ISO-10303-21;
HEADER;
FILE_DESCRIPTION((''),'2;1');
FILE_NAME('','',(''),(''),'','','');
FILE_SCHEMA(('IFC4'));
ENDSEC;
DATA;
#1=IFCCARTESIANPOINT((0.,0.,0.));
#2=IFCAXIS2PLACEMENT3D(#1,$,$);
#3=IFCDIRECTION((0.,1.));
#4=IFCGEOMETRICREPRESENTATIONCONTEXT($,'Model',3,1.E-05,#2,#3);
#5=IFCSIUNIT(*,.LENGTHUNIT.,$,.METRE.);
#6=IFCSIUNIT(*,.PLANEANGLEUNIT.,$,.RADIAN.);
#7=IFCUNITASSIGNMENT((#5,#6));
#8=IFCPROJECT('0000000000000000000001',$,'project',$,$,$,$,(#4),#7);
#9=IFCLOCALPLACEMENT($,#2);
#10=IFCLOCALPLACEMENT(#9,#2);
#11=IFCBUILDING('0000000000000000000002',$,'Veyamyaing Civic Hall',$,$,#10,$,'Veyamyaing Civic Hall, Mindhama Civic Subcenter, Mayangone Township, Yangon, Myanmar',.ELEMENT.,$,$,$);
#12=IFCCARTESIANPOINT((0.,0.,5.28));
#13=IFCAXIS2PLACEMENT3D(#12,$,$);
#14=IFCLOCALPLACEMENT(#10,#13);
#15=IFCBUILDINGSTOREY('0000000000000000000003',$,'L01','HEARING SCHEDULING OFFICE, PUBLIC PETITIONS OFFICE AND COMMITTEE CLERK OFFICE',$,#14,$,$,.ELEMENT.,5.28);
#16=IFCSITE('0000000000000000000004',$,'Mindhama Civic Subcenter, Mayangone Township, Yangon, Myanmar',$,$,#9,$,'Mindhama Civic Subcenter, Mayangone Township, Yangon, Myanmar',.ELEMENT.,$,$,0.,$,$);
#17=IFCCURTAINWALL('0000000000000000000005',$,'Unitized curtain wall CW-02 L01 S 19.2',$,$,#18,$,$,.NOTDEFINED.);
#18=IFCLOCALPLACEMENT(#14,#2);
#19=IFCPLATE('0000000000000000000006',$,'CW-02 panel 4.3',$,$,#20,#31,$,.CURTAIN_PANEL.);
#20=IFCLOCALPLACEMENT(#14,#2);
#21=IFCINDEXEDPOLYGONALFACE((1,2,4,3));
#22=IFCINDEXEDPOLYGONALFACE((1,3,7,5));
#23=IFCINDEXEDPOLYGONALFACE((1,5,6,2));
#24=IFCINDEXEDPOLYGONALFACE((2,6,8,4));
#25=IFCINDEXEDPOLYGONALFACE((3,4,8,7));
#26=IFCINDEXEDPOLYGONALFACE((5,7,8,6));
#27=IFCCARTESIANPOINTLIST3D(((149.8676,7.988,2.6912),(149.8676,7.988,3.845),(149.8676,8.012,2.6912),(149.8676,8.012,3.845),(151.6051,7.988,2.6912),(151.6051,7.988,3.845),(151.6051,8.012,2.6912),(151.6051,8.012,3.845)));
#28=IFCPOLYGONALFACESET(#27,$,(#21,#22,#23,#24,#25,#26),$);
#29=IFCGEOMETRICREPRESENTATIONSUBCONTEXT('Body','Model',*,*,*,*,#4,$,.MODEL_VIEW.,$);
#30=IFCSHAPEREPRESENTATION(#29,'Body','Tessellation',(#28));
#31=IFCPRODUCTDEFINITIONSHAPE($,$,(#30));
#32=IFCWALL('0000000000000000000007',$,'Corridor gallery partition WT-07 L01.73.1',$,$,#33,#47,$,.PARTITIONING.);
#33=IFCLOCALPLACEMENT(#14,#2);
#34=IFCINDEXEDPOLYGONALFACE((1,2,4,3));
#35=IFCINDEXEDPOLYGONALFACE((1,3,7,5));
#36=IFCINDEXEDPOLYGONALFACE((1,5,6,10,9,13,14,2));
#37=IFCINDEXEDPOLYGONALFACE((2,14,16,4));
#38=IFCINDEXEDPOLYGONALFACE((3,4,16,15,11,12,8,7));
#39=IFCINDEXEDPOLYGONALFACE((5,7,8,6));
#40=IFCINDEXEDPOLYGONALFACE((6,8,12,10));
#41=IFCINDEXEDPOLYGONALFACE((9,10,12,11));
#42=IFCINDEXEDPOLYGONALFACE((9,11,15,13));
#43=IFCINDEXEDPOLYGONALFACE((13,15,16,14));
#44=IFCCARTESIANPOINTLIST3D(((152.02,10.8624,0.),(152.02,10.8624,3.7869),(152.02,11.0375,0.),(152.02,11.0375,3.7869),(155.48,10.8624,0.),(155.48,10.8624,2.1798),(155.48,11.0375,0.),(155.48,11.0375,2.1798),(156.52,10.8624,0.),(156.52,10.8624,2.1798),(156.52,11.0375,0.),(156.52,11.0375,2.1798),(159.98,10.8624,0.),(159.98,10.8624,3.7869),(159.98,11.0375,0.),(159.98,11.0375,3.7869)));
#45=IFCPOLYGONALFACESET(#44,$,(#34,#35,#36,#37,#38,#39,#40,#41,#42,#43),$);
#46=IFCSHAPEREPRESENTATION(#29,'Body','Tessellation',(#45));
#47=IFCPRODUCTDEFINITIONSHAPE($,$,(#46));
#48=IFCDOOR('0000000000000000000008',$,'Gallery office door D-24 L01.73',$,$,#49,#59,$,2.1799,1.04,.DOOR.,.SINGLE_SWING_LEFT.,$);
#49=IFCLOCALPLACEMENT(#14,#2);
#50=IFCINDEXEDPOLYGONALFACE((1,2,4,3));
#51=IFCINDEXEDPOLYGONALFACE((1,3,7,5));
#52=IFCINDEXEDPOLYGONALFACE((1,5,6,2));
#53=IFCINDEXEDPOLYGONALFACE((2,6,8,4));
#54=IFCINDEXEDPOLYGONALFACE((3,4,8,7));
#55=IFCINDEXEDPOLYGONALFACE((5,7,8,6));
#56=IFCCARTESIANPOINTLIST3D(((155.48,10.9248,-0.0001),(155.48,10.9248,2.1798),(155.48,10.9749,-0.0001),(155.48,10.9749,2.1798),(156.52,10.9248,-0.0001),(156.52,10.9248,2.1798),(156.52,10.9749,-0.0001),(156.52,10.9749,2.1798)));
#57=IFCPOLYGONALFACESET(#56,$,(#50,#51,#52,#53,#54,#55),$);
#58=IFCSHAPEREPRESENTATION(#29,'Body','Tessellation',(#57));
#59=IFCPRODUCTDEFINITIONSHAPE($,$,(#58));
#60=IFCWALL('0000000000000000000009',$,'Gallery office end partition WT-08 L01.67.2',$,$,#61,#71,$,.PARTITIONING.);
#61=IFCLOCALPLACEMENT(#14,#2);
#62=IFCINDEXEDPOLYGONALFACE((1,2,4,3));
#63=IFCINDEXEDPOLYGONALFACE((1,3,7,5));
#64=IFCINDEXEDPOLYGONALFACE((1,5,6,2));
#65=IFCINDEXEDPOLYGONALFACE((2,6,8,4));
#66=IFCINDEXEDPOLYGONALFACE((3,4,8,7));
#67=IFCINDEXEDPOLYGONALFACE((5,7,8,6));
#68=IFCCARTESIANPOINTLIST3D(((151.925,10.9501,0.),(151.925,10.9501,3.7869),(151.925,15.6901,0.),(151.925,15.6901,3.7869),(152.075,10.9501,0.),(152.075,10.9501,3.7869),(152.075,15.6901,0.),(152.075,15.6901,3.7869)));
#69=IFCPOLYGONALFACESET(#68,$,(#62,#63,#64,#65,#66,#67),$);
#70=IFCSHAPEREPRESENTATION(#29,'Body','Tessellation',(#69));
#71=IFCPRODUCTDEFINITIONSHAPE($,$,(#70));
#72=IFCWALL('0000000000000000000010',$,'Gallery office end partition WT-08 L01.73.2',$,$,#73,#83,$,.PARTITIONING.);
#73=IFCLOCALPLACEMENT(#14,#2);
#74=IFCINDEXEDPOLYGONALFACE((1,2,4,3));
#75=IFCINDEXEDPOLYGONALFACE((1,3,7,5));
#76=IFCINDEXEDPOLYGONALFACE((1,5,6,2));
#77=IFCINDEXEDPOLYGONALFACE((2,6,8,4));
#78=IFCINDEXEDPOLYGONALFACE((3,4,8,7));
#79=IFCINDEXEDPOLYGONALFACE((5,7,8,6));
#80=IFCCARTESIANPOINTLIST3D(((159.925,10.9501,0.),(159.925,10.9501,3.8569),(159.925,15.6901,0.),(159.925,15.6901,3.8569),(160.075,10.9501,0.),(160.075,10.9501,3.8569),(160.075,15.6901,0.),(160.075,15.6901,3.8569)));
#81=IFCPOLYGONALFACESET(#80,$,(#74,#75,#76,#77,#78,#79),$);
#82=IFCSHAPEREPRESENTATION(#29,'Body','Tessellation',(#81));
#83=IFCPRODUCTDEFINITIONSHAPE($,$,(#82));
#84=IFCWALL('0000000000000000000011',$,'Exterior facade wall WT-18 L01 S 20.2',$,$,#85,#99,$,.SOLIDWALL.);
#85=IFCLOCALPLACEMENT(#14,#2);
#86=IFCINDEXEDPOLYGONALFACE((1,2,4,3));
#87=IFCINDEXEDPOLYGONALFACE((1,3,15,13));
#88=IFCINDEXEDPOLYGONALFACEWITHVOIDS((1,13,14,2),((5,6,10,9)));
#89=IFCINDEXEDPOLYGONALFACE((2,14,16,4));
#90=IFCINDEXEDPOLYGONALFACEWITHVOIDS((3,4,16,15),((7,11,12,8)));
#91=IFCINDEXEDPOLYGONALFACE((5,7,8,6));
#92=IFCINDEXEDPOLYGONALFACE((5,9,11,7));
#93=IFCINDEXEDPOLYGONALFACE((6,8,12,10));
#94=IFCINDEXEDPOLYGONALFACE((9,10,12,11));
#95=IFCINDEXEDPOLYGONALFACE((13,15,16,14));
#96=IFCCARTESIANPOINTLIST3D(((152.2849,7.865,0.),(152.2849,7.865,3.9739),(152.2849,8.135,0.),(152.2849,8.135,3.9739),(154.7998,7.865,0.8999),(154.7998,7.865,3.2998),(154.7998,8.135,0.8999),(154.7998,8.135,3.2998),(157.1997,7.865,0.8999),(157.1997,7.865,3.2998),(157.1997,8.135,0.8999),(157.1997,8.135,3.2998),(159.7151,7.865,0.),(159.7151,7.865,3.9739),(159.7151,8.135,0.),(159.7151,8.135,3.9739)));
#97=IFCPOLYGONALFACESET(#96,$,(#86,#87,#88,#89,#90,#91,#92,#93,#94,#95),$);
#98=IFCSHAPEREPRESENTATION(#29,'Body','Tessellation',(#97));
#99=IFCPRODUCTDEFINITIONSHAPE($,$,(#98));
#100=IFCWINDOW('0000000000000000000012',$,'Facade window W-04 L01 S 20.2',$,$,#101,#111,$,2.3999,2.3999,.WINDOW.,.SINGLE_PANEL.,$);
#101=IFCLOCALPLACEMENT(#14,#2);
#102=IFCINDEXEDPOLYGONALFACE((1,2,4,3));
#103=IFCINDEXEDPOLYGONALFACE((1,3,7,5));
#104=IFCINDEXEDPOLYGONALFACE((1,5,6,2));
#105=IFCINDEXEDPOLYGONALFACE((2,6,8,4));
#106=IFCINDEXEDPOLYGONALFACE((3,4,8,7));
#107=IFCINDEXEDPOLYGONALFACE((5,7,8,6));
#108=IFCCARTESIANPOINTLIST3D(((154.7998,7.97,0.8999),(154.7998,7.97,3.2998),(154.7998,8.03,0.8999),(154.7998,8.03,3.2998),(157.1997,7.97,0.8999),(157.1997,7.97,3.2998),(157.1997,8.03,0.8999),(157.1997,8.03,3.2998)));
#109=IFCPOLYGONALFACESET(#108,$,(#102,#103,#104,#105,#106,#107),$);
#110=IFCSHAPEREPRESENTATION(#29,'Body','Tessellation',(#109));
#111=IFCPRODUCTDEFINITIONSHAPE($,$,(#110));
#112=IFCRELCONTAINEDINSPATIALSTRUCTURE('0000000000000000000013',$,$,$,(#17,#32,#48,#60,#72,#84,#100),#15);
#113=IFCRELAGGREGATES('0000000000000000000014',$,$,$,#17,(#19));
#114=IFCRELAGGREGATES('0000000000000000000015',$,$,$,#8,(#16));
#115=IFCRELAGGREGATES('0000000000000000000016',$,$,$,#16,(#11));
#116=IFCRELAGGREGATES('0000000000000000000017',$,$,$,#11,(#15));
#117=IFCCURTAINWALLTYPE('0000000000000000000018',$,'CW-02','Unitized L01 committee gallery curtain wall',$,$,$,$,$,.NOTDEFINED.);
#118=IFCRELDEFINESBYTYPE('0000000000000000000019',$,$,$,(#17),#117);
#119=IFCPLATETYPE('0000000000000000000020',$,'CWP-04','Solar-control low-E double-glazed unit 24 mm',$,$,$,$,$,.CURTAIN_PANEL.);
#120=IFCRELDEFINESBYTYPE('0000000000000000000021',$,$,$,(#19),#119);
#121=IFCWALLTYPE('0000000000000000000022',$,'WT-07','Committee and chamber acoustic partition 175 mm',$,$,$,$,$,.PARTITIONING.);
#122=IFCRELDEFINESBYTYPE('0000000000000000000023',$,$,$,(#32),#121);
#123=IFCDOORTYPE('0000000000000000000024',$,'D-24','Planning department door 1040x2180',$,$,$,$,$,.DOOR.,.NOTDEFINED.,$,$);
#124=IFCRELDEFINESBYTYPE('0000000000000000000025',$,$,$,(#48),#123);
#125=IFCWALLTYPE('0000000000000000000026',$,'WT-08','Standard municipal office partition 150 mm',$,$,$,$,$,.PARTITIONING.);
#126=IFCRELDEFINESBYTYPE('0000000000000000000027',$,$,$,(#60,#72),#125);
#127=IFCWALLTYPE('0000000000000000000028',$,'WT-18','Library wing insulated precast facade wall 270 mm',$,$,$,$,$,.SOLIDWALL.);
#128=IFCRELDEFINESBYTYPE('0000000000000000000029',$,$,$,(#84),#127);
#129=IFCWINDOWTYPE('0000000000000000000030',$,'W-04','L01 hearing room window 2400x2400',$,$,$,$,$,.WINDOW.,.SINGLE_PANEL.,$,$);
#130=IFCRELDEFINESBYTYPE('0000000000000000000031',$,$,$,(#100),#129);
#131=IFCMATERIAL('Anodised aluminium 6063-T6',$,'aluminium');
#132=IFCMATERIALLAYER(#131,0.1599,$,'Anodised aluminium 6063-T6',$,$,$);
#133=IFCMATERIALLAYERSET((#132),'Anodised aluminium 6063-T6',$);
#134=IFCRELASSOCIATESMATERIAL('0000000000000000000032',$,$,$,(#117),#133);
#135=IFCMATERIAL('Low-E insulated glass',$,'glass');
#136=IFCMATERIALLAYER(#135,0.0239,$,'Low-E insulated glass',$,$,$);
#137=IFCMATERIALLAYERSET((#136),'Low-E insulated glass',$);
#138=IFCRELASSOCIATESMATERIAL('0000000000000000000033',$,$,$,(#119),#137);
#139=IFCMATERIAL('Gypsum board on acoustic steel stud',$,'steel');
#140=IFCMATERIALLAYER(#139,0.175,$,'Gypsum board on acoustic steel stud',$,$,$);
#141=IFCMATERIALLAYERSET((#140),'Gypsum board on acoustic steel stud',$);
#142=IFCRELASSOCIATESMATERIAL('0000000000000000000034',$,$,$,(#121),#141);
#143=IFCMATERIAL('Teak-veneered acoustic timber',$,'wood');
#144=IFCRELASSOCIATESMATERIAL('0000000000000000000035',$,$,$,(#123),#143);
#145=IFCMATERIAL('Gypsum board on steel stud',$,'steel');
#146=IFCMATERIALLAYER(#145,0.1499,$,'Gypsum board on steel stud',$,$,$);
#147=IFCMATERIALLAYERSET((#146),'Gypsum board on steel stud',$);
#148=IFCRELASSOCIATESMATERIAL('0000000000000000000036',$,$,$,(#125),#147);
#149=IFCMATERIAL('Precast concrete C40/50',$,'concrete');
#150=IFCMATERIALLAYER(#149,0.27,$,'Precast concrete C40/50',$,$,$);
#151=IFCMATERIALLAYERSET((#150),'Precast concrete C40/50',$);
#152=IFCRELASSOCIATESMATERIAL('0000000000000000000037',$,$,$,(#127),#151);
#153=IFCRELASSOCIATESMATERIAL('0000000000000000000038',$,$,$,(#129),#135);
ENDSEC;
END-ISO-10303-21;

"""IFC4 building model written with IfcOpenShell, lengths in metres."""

from ifc_helpers import new_model, si_unit, direction, frame, frame_2d, origin, origin_2d, place, context, subcontext, project, spatial, rectangle, extrude, material, layer, layer_set, type_object, element, fill, aggregate, save


model = new_model("IFC4")

# Units and contexts
model_context = context("Model", 3, precision=1e-05, world=origin(), true_north=direction((0.0, 1.0)))
body_context = subcontext(model_context, "Body", "Model", "MODEL_VIEW")
ifc_project = project(units=[si_unit("LENGTHUNIT", "METRE"), si_unit("PLANEANGLEUNIT", "RADIAN")], contexts=[model_context])

# Site, building, storey
site_placement = place(None, origin())
site = spatial("IfcSite", under=ifc_project, at=site_placement, Name="Mindhama Civic Subcenter, Mayangone Township, Yangon, Myanmar", LongName="Mindhama Civic Subcenter, Mayangone Township, Yangon, Myanmar", CompositionType="ELEMENT", RefElevation=0.0)
building_placement = place(site_placement, origin())
building = spatial("IfcBuilding", under=site, at=building_placement, Name="Veyamyaing Civic Hall", LongName="Veyamyaing Civic Hall, Mindhama Civic Subcenter, Mayangone Township, Yangon, Myanmar", CompositionType="ELEMENT")
storey_placement = place(building_placement, frame((0.0, 0.0, 5.28)))
storey = spatial("IfcBuildingStorey", under=building, at=storey_placement, Name="L01", Description="HEARING SCHEDULING OFFICE, PUBLIC PETITIONS OFFICE AND COMMITTEE CLERK OFFICE", CompositionType="ELEMENT", Elevation=5.28)

# Curtain wall
ifc_material_1 = material(Name="Anodised aluminium 6063-T6", Category="aluminium")
ifc_layer_1 = layer(ifc_material_1, 0.1599, Name="Anodised aluminium 6063-T6")
ifc_layer_set_1 = layer_set([ifc_layer_1], Name="Anodised aluminium 6063-T6")
curtain_wall_type = type_object("IfcCurtainWallType", Name="CW-02", Description="Unitized L01 committee gallery curtain wall", PredefinedType="NOTDEFINED", material=ifc_layer_set_1)
curtain_wall_placement = place(storey_placement, origin())
curtain_wall = element("IfcCurtainWall", 1, at=curtain_wall_placement, inside=storey, type_object=curtain_wall_type, Name="Unitized curtain wall CW-02 L01 S 19.2", PredefinedType="NOTDEFINED")

# Plate
ifc_material_2 = material(Name="Low-E insulated glass", Category="glass")
ifc_layer_2 = layer(ifc_material_2, 0.0239, Name="Low-E insulated glass")
ifc_layer_set_2 = layer_set([ifc_layer_2], Name="Low-E insulated glass")
plate_type = type_object("IfcPlateType", Name="CWP-04", Description="Solar-control low-E double-glazed unit 24 mm", PredefinedType="CURTAIN_PANEL", material=ifc_layer_set_2)
plate_1_placement = place(storey_placement, frame((150.7363, 8.0, 2.6912), z_axis=(0.0, 0.0, 1.0), x_axis=(1.0, 0.0, 0.0)))
plate_1 = element("IfcPlate", 2, at=plate_1_placement, type_object=plate_type, Name="CW-02 panel 4.3", PredefinedType="CURTAIN_PANEL", context=body_context, shape_type="SweptSolid", body=[
    extrude(rectangle(XDim=1.7375, YDim=0.0239, at=origin_2d()), origin(), (0.0, 0.0, 1.0), 1.1538),
])
aggregate(curtain_wall, [plate_1])

# Wall, opening, door
ifc_material_3 = material(Name="Gypsum board on acoustic steel stud", Category="steel")
ifc_layer_3 = layer(ifc_material_3, 0.175, Name="Gypsum board on acoustic steel stud")
ifc_layer_set_3 = layer_set([ifc_layer_3], Name="Gypsum board on acoustic steel stud")
wall_type_1 = type_object("IfcWallType", Name="WT-07", Description="Committee and chamber acoustic partition 175 mm", PredefinedType="PARTITIONING", material=ifc_layer_set_3)
wall_1_placement = place(storey_placement, frame((152.02, 10.95, 0.0), z_axis=(0.0, 0.0, 1.0), x_axis=(1.0, 0.0, 0.0)))
wall_1 = element("IfcWall", 3, at=wall_1_placement, inside=storey, type_object=wall_type_1, Name="Corridor gallery partition WT-07 L01.73.1", PredefinedType="PARTITIONING", context=body_context, shape_type="SweptSolid", body=[
    extrude(rectangle(XDim=7.96, YDim=0.175, at=frame_2d((3.98, 0.0))), origin(), (0.0, 0.0, 1.0), 3.7869),
])
opening_1_placement = place(wall_1_placement, frame((3.46, 0.0, 0.0)))
opening_1 = element("IfcOpeningElement", 4, at=opening_1_placement, cuts=wall_1, PredefinedType="OPENING", context=body_context, shape_type="SweptSolid", body=[
    extrude(rectangle(XDim=1.04, YDim=2.1799, at=frame_2d((0.52, 1.0898))), frame((0.0, 0.0974, 0.0), z_axis=(0.0, -1.0, 0.0), x_axis=(1.0, 0.0, 0.0)), (0.0, 0.0, 1.0), 0.1951),
])
ifc_material_4 = material(Name="Teak-veneered acoustic timber", Category="wood")
door_type = type_object("IfcDoorType", Name="D-24", Description="Planning department door 1040x2180", OperationType="NOTDEFINED", PredefinedType="DOOR", material=ifc_material_4)
door_placement = place(opening_1_placement, origin())
door = element("IfcDoor", 5, at=door_placement, inside=storey, type_object=door_type, Name="Gallery office door D-24 L01.73", OperationType="SINGLE_SWING_LEFT", OverallHeight=2.1799, OverallWidth=1.04, PredefinedType="DOOR", context=body_context, shape_type="SweptSolid", body=[
    extrude(rectangle(XDim=1.04, YDim=2.1799, at=frame_2d((0.52, 1.0898))), frame((0.0, 0.0249, 0.0), z_axis=(0.0, -1.0, 0.0), x_axis=(1.0, 0.0, 0.0)), (0.0, 0.0, 1.0), 0.05),
])
fill(opening_1, door)

# Walls
ifc_material_5 = material(Name="Gypsum board on steel stud", Category="steel")
ifc_layer_4 = layer(ifc_material_5, 0.1499, Name="Gypsum board on steel stud")
ifc_layer_set_4 = layer_set([ifc_layer_4], Name="Gypsum board on steel stud")
wall_type_2 = type_object("IfcWallType", Name="WT-08", Description="Standard municipal office partition 150 mm", PredefinedType="PARTITIONING", material=ifc_layer_set_4)
wall_2_placement = place(storey_placement, frame((152.0, 10.95, 0.0), z_axis=(0.0, 0.0, 1.0), x_axis=(0.0, 1.0, 0.0)))
element("IfcWall", 6, at=wall_2_placement, inside=storey, type_object=wall_type_2, Name="Gallery office end partition WT-08 L01.67.2", PredefinedType="PARTITIONING", context=body_context, shape_type="SweptSolid", body=[
    extrude(rectangle(XDim=4.74, YDim=0.1499, at=frame_2d((2.3701, 0.0))), origin(), (0.0, 0.0, 1.0), 3.7869),
])
wall_3_placement = place(storey_placement, frame((160.0, 10.95, 0.0), z_axis=(0.0, 0.0, 1.0), x_axis=(0.0, 1.0, 0.0)))
element("IfcWall", 7, at=wall_3_placement, inside=storey, type_object=wall_type_2, Name="Gallery office end partition WT-08 L01.73.2", PredefinedType="PARTITIONING", context=body_context, shape_type="SweptSolid", body=[
    extrude(rectangle(XDim=4.74, YDim=0.1499, at=frame_2d((2.3701, 0.0))), origin(), (0.0, 0.0, 1.0), 3.8569),
])

# Wall, opening, window
ifc_material_6 = material(Name="Precast concrete C40/50", Category="concrete")
ifc_layer_5 = layer(ifc_material_6, 0.27, Name="Precast concrete C40/50")
ifc_layer_set_5 = layer_set([ifc_layer_5], Name="Precast concrete C40/50")
wall_type_3 = type_object("IfcWallType", Name="WT-18", Description="Library wing insulated precast facade wall 270 mm", PredefinedType="SOLIDWALL", material=ifc_layer_set_5)
wall_4_placement = place(storey_placement, frame((152.2849, 8.0, 0.0), z_axis=(0.0, 0.0, 1.0), x_axis=(1.0, 0.0, 0.0)))
wall_4 = element("IfcWall", 8, at=wall_4_placement, inside=storey, type_object=wall_type_3, Name="Exterior facade wall WT-18 L01 S 20.2", PredefinedType="SOLIDWALL", context=body_context, shape_type="SweptSolid", body=[
    extrude(rectangle(XDim=7.4302, YDim=0.27, at=frame_2d((3.7151, 0.0))), origin(), (0.0, 0.0, 1.0), 3.9739),
])
opening_2_placement = place(wall_4_placement, frame((2.5149, 0.0, 0.8999)))
opening_2 = element("IfcOpeningElement", 9, at=opening_2_placement, cuts=wall_4, PredefinedType="OPENING", context=body_context, shape_type="SweptSolid", body=[
    extrude(rectangle(XDim=2.3999, YDim=2.3999, at=frame_2d((1.2, 1.2))), frame((0.0, 0.145, 0.0), z_axis=(0.0, -1.0, 0.0), x_axis=(1.0, 0.0, 0.0)), (0.0, 0.0, 1.0), 0.29),
])
window_type = type_object("IfcWindowType", Name="W-04", Description="L01 hearing room window 2400x2400", PartitioningType="SINGLE_PANEL", PredefinedType="WINDOW", material=ifc_material_2)
window_placement = place(opening_2_placement, origin())
window = element("IfcWindow", 10, at=window_placement, inside=storey, type_object=window_type, Name="Facade window W-04 L01 S 20.2", OverallHeight=2.3999, OverallWidth=2.3999, PartitioningType="SINGLE_PANEL", PredefinedType="WINDOW", context=body_context, shape_type="SweptSolid", body=[
    extrude(rectangle(XDim=2.3999, YDim=2.3999, at=frame_2d((1.2, 1.2))), frame((0.0, 0.03, 0.0), z_axis=(0.0, -1.0, 0.0), x_axis=(1.0, 0.0, 0.0)), (0.0, 0.0, 1.0), 0.0601),
])
fill(opening_2, window)

save(model, "model.ifc")
